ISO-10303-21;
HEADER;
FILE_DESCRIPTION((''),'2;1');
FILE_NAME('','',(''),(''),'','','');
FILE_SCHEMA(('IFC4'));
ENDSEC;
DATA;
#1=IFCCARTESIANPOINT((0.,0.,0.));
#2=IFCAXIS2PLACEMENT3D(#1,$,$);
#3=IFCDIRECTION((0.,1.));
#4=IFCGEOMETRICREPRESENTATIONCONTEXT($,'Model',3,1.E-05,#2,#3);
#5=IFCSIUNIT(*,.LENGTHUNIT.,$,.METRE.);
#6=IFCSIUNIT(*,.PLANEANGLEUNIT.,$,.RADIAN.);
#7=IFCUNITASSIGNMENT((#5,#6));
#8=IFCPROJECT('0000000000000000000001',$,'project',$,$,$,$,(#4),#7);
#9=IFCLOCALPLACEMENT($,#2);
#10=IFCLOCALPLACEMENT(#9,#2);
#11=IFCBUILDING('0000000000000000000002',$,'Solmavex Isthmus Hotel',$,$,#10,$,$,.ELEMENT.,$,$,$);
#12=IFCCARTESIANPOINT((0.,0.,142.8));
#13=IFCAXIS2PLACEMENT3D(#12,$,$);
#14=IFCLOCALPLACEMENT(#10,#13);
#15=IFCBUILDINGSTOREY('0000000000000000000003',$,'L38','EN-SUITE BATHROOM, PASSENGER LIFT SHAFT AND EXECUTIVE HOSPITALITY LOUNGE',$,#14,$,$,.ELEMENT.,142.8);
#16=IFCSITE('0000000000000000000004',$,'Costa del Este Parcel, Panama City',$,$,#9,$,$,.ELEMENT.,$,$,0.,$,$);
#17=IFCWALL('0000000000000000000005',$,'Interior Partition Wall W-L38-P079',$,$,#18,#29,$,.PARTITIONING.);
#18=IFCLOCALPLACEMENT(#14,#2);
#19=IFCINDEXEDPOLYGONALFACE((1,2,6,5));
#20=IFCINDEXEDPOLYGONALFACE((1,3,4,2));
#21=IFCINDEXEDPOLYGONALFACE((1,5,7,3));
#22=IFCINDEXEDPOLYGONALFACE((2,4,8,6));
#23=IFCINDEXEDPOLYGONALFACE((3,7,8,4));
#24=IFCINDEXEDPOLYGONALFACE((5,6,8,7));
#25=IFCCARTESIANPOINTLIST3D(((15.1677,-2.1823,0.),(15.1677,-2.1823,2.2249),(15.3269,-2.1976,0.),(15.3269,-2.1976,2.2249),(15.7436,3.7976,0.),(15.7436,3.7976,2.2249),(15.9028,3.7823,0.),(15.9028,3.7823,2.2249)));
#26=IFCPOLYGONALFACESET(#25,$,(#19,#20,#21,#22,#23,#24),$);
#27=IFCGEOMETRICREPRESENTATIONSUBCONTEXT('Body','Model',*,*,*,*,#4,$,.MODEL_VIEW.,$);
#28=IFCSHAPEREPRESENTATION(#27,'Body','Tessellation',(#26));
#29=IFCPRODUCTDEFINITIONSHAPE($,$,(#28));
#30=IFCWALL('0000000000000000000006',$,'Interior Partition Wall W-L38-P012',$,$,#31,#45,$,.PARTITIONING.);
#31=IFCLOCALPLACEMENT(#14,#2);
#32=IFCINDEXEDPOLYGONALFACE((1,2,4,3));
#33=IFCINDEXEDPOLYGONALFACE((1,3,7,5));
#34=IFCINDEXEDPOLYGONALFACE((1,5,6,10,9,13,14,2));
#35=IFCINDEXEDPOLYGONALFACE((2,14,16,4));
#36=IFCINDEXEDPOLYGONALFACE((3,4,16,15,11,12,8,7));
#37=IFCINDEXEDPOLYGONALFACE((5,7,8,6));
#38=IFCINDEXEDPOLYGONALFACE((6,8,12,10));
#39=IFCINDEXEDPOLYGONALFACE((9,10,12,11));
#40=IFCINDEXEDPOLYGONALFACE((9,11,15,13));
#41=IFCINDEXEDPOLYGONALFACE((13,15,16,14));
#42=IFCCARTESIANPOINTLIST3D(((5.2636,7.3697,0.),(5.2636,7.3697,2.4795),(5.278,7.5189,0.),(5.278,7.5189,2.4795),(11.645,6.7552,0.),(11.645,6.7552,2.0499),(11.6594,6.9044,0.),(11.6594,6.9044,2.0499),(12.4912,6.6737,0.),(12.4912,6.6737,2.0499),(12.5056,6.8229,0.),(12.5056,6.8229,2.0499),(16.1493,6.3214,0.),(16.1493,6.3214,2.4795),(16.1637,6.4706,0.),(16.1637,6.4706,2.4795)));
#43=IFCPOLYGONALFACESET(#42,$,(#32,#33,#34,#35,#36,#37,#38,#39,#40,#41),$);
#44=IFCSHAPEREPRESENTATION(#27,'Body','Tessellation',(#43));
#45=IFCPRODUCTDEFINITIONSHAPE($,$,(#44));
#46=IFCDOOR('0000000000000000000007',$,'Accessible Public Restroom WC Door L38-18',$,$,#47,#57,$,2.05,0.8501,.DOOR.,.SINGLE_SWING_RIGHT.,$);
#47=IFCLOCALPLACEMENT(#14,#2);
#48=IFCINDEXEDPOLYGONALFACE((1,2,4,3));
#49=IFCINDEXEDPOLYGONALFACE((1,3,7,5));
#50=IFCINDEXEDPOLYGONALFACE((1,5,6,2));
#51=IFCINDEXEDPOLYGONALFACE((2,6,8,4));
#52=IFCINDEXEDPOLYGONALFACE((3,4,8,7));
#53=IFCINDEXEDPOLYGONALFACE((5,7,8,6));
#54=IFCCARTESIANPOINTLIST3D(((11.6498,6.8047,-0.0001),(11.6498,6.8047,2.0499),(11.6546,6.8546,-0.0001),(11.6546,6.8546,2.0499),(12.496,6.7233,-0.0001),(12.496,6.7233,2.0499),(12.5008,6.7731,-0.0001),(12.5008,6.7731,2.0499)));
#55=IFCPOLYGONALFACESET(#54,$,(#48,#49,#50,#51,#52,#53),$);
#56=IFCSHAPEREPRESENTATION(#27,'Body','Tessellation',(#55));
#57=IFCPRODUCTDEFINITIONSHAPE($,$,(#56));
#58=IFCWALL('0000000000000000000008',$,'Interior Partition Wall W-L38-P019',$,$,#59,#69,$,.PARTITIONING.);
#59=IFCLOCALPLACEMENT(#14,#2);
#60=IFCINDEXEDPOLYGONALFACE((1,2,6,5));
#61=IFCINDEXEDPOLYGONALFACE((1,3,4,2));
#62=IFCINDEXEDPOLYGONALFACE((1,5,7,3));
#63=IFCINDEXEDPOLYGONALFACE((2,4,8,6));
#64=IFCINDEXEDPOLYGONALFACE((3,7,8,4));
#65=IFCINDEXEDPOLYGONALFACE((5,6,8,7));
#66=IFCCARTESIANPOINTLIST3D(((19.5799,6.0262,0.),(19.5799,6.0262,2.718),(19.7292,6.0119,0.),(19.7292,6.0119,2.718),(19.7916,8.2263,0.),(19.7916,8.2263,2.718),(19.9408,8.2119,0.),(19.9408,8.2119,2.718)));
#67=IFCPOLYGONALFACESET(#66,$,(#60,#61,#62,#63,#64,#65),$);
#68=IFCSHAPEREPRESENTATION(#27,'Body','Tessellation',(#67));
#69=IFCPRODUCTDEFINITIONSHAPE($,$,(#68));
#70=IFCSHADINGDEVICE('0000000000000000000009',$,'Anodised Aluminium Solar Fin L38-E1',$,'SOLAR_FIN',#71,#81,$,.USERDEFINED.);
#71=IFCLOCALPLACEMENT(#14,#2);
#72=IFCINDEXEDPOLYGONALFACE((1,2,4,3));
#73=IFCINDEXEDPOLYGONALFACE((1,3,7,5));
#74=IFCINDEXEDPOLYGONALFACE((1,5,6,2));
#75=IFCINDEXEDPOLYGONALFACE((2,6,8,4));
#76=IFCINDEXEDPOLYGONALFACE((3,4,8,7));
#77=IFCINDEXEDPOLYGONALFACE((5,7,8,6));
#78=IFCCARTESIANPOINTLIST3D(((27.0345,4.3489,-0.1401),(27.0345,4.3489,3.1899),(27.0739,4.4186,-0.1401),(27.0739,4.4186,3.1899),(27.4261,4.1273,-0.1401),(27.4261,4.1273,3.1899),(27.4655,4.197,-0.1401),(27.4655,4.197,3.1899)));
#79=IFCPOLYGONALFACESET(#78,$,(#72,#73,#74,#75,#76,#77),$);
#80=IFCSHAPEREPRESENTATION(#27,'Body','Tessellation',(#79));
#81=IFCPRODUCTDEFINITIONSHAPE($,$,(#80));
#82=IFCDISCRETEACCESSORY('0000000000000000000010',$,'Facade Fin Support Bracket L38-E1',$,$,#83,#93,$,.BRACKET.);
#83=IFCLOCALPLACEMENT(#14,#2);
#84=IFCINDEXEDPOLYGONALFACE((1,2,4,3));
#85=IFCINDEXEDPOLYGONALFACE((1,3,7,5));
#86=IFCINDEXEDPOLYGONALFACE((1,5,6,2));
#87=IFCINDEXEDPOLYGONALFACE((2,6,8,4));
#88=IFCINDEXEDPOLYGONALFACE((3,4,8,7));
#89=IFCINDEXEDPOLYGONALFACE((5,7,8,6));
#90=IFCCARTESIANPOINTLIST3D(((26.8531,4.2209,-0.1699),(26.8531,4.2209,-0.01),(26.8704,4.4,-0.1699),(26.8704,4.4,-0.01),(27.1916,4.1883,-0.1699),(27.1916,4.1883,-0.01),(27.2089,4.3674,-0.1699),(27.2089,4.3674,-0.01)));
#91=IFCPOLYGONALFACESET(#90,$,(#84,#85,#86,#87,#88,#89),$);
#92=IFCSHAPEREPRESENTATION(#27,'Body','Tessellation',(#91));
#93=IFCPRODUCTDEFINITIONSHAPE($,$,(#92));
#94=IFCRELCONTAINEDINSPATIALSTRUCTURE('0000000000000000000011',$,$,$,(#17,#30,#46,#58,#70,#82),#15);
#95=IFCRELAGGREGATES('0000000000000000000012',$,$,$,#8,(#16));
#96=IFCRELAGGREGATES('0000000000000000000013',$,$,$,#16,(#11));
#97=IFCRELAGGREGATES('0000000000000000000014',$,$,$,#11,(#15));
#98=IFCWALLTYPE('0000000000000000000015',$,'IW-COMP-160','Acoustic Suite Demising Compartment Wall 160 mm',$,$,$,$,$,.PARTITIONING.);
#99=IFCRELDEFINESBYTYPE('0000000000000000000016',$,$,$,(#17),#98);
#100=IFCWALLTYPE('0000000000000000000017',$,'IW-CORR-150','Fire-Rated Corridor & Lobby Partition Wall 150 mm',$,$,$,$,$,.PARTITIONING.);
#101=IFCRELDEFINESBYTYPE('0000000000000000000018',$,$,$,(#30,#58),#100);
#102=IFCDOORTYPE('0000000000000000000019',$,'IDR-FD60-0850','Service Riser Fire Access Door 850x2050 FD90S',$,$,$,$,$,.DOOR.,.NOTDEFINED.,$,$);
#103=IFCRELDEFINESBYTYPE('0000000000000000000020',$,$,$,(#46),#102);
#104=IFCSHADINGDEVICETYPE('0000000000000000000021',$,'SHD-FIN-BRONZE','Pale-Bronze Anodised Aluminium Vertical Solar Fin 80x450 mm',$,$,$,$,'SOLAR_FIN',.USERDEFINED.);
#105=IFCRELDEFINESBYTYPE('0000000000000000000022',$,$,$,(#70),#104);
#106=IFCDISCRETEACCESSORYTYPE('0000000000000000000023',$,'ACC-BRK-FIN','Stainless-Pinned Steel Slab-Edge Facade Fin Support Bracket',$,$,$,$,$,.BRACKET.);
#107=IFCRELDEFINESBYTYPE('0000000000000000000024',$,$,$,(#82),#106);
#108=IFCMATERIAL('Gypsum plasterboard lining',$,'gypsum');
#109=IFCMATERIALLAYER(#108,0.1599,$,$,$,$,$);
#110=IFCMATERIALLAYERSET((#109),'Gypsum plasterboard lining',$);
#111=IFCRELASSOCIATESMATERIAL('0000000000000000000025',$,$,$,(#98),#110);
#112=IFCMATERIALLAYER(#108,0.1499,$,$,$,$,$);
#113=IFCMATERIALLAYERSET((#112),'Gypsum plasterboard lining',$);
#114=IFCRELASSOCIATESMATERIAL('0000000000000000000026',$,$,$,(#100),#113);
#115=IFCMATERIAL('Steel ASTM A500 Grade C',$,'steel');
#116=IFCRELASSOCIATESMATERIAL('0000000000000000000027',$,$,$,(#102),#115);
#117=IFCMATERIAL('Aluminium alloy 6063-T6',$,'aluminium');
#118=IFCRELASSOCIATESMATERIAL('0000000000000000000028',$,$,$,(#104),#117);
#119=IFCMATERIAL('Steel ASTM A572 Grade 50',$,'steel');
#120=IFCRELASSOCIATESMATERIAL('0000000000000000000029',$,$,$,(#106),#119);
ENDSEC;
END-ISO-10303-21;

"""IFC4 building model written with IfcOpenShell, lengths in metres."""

from ifc_helpers import new_model, si_unit, direction, frame, frame_2d, origin, origin_2d, place, context, subcontext, project, spatial, rectangle, extrude, material, layer, layer_set, type_object, element, fill, save


model = new_model("IFC4")

# Units and contexts
model_context = context("Model", 3, precision=1e-05, world=origin(), true_north=direction((0.0, 1.0)))
body_context = subcontext(model_context, "Body", "Model", "MODEL_VIEW")
ifc_project = project(units=[si_unit("LENGTHUNIT", "METRE"), si_unit("PLANEANGLEUNIT", "RADIAN")], contexts=[model_context])

# Site, building, storey
site_placement = place(None, origin())
site = spatial("IfcSite", under=ifc_project, at=site_placement, Name="Costa del Este Parcel, Panama City", CompositionType="ELEMENT", RefElevation=0.0)
building_placement = place(site_placement, origin())
building = spatial("IfcBuilding", under=site, at=building_placement, Name="Solmavex Isthmus Hotel", CompositionType="ELEMENT")
storey_placement = place(building_placement, frame((0.0, 0.0, 142.8)))
storey = spatial("IfcBuildingStorey", under=building, at=storey_placement, Name="L38", Description="EN-SUITE BATHROOM, PASSENGER LIFT SHAFT AND EXECUTIVE HOSPITALITY LOUNGE", CompositionType="ELEMENT", Elevation=142.8)

# Shared definitions
ifc_material_1 = material(Name="Aluminium alloy 6063-T6", Category="aluminium")

# Wall
ifc_material_2 = material(Name="Gypsum plasterboard lining", Category="gypsum")
ifc_layer_1 = layer(ifc_material_2, 0.1599)
ifc_layer_set_1 = layer_set([ifc_layer_1], Name="Gypsum plasterboard lining")
wall_type_1 = type_object("IfcWallType", Name="IW-COMP-160", Description="Acoustic Suite Demising Compartment Wall 160 mm", PredefinedType="PARTITIONING", material=ifc_layer_set_1)
wall_1_placement = place(storey_placement, frame((15.8232, 3.79, 0.0), z_axis=(0.0, 0.0, 1.0), x_axis=(-0.095866, -0.995394, 0.0)))
element("IfcWall", 1, at=wall_1_placement, inside=storey, type_object=wall_type_1, Name="Interior Partition Wall W-L38-P079", PredefinedType="PARTITIONING", context=body_context, shape_type="SweptSolid", body=[
    extrude(rectangle(XDim=6.0076, YDim=0.1599, at=frame_2d((3.0039, 0.0))), origin(), (0.0, 0.0, 1.0), 2.2249),
])

# Wall, opening, door
ifc_layer_2 = layer(ifc_material_2, 0.1499)
ifc_layer_set_2 = layer_set([ifc_layer_2], Name="Gypsum plasterboard lining")
wall_type_2 = type_object("IfcWallType", Name="IW-CORR-150", Description="Fire-Rated Corridor & Lobby Partition Wall 150 mm", PredefinedType="PARTITIONING", material=ifc_layer_set_2)
wall_2_placement = place(storey_placement, frame((16.1565, 6.396, 0.0), z_axis=(0.0, 0.0, 1.0), x_axis=(-0.995395, 0.09586, 0.0)))
wall_2 = element("IfcWall", 2, at=wall_2_placement, inside=storey, type_object=wall_type_2, Name="Interior Partition Wall W-L38-P012", PredefinedType="PARTITIONING", context=body_context, shape_type="SweptSolid", body=[
    extrude(rectangle(XDim=10.936, YDim=0.1499, at=frame_2d((5.468, 0.0))), origin(), (0.0, 0.0, 1.0), 2.4795),
])
opening_1_placement = place(wall_2_placement, frame((3.675, 0.0, 0.0)))
opening_1 = element("IfcOpeningElement", 3, at=opening_1_placement, cuts=wall_2, PredefinedType="OPENING", context=body_context, shape_type="SweptSolid", body=[
    extrude(rectangle(XDim=0.8501, YDim=2.05, at=frame_2d((0.425, 1.0249))), frame((0.0, 0.085, 0.0), z_axis=(0.0, -1.0, 0.0), x_axis=(1.0, 0.0, 0.0)), (0.0, 0.0, 1.0), 0.1699),
])
ifc_material_3 = material(Name="Steel ASTM A500 Grade C", Category="steel")
door_type_1 = type_object("IfcDoorType", Name="IDR-FD60-0850", Description="Service Riser Fire Access Door 850x2050 FD90S", OperationType="NOTDEFINED", PredefinedType="DOOR", material=ifc_material_3)
door_1_placement = place(opening_1_placement, frame((0.8501, 0.0, 0.0), z_axis=(0.0, 0.0, 1.0), x_axis=(-1.0, 0.0, 0.0)))
door_1 = element("IfcDoor", 4, at=door_1_placement, inside=storey, type_object=door_type_1, Name="Accessible Public Restroom WC Door L38-18", OperationType="SINGLE_SWING_RIGHT", OverallHeight=2.05, OverallWidth=0.8501, PredefinedType="DOOR", context=body_context, shape_type="SweptSolid", body=[
    extrude(rectangle(XDim=0.8501, YDim=2.05, at=frame_2d((0.425, 1.0249))), frame((0.0, 0.0249, 0.0), z_axis=(0.0, -1.0, 0.0), x_axis=(1.0, 0.0, 0.0)), (0.0, 0.0, 1.0), 0.05),
])
fill(opening_1, door_1)

# Wall
wall_3_placement = place(storey_placement, frame((19.8662, 8.219, 0.0), z_axis=(0.0, 0.0, 1.0), x_axis=(-0.095773, -0.995403, 0.0)))
element("IfcWall", 5, at=wall_3_placement, inside=storey, type_object=wall_type_2, Name="Interior Partition Wall W-L38-P019", PredefinedType="PARTITIONING", context=body_context, shape_type="SweptSolid", body=[
    extrude(rectangle(XDim=2.2102, YDim=0.1499, at=frame_2d((1.105, 0.0))), origin(), (0.0, 0.0, 1.0), 2.718),
])

# Shading device
shading_device_type = type_object("IfcShadingDeviceType", Name="SHD-FIN-BRONZE", Description="Pale-Bronze Anodised Aluminium Vertical Solar Fin 80x450 mm", ElementType="SOLAR_FIN", PredefinedType="USERDEFINED", material=ifc_material_1)
shading_device_placement = place(storey_placement, frame((27.25, 4.2729, -0.1401), z_axis=(0.0, 0.0, 1.0), x_axis=(0.870356, -0.492424, 0.0)))
element("IfcShadingDevice", 6, at=shading_device_placement, inside=storey, type_object=shading_device_type, Name="Anodised Aluminium Solar Fin L38-E1", ObjectType="SOLAR_FIN", PredefinedType="USERDEFINED", context=body_context, shape_type="SweptSolid", body=[
    extrude(rectangle(XDim=0.45, YDim=0.0801, at=origin_2d()), origin(), (0.0, 0.0, 1.0), 3.3301),
])

# Discrete accessory
ifc_material_4 = material(Name="Steel ASTM A572 Grade 50", Category="steel")
discrete_accessory_type = type_object("IfcDiscreteAccessoryType", Name="ACC-BRK-FIN", Description="Stainless-Pinned Steel Slab-Edge Facade Fin Support Bracket", PredefinedType="BRACKET", material=ifc_material_4)
discrete_accessory_placement = place(storey_placement, frame((27.031, 4.2942, -0.1699), z_axis=(0.0, 0.0, 1.0), x_axis=(0.995396, -0.095846, 0.0)))
element("IfcDiscreteAccessory", 7, at=discrete_accessory_placement, inside=storey, type_object=discrete_accessory_type, Name="Facade Fin Support Bracket L38-E1", PredefinedType="BRACKET", context=body_context, shape_type="SweptSolid", body=[
    extrude(rectangle(XDim=0.3401, YDim=0.1799, at=origin_2d()), origin(), (0.0, 0.0, 1.0), 0.1599),
])

save(model, "model.ifc")
